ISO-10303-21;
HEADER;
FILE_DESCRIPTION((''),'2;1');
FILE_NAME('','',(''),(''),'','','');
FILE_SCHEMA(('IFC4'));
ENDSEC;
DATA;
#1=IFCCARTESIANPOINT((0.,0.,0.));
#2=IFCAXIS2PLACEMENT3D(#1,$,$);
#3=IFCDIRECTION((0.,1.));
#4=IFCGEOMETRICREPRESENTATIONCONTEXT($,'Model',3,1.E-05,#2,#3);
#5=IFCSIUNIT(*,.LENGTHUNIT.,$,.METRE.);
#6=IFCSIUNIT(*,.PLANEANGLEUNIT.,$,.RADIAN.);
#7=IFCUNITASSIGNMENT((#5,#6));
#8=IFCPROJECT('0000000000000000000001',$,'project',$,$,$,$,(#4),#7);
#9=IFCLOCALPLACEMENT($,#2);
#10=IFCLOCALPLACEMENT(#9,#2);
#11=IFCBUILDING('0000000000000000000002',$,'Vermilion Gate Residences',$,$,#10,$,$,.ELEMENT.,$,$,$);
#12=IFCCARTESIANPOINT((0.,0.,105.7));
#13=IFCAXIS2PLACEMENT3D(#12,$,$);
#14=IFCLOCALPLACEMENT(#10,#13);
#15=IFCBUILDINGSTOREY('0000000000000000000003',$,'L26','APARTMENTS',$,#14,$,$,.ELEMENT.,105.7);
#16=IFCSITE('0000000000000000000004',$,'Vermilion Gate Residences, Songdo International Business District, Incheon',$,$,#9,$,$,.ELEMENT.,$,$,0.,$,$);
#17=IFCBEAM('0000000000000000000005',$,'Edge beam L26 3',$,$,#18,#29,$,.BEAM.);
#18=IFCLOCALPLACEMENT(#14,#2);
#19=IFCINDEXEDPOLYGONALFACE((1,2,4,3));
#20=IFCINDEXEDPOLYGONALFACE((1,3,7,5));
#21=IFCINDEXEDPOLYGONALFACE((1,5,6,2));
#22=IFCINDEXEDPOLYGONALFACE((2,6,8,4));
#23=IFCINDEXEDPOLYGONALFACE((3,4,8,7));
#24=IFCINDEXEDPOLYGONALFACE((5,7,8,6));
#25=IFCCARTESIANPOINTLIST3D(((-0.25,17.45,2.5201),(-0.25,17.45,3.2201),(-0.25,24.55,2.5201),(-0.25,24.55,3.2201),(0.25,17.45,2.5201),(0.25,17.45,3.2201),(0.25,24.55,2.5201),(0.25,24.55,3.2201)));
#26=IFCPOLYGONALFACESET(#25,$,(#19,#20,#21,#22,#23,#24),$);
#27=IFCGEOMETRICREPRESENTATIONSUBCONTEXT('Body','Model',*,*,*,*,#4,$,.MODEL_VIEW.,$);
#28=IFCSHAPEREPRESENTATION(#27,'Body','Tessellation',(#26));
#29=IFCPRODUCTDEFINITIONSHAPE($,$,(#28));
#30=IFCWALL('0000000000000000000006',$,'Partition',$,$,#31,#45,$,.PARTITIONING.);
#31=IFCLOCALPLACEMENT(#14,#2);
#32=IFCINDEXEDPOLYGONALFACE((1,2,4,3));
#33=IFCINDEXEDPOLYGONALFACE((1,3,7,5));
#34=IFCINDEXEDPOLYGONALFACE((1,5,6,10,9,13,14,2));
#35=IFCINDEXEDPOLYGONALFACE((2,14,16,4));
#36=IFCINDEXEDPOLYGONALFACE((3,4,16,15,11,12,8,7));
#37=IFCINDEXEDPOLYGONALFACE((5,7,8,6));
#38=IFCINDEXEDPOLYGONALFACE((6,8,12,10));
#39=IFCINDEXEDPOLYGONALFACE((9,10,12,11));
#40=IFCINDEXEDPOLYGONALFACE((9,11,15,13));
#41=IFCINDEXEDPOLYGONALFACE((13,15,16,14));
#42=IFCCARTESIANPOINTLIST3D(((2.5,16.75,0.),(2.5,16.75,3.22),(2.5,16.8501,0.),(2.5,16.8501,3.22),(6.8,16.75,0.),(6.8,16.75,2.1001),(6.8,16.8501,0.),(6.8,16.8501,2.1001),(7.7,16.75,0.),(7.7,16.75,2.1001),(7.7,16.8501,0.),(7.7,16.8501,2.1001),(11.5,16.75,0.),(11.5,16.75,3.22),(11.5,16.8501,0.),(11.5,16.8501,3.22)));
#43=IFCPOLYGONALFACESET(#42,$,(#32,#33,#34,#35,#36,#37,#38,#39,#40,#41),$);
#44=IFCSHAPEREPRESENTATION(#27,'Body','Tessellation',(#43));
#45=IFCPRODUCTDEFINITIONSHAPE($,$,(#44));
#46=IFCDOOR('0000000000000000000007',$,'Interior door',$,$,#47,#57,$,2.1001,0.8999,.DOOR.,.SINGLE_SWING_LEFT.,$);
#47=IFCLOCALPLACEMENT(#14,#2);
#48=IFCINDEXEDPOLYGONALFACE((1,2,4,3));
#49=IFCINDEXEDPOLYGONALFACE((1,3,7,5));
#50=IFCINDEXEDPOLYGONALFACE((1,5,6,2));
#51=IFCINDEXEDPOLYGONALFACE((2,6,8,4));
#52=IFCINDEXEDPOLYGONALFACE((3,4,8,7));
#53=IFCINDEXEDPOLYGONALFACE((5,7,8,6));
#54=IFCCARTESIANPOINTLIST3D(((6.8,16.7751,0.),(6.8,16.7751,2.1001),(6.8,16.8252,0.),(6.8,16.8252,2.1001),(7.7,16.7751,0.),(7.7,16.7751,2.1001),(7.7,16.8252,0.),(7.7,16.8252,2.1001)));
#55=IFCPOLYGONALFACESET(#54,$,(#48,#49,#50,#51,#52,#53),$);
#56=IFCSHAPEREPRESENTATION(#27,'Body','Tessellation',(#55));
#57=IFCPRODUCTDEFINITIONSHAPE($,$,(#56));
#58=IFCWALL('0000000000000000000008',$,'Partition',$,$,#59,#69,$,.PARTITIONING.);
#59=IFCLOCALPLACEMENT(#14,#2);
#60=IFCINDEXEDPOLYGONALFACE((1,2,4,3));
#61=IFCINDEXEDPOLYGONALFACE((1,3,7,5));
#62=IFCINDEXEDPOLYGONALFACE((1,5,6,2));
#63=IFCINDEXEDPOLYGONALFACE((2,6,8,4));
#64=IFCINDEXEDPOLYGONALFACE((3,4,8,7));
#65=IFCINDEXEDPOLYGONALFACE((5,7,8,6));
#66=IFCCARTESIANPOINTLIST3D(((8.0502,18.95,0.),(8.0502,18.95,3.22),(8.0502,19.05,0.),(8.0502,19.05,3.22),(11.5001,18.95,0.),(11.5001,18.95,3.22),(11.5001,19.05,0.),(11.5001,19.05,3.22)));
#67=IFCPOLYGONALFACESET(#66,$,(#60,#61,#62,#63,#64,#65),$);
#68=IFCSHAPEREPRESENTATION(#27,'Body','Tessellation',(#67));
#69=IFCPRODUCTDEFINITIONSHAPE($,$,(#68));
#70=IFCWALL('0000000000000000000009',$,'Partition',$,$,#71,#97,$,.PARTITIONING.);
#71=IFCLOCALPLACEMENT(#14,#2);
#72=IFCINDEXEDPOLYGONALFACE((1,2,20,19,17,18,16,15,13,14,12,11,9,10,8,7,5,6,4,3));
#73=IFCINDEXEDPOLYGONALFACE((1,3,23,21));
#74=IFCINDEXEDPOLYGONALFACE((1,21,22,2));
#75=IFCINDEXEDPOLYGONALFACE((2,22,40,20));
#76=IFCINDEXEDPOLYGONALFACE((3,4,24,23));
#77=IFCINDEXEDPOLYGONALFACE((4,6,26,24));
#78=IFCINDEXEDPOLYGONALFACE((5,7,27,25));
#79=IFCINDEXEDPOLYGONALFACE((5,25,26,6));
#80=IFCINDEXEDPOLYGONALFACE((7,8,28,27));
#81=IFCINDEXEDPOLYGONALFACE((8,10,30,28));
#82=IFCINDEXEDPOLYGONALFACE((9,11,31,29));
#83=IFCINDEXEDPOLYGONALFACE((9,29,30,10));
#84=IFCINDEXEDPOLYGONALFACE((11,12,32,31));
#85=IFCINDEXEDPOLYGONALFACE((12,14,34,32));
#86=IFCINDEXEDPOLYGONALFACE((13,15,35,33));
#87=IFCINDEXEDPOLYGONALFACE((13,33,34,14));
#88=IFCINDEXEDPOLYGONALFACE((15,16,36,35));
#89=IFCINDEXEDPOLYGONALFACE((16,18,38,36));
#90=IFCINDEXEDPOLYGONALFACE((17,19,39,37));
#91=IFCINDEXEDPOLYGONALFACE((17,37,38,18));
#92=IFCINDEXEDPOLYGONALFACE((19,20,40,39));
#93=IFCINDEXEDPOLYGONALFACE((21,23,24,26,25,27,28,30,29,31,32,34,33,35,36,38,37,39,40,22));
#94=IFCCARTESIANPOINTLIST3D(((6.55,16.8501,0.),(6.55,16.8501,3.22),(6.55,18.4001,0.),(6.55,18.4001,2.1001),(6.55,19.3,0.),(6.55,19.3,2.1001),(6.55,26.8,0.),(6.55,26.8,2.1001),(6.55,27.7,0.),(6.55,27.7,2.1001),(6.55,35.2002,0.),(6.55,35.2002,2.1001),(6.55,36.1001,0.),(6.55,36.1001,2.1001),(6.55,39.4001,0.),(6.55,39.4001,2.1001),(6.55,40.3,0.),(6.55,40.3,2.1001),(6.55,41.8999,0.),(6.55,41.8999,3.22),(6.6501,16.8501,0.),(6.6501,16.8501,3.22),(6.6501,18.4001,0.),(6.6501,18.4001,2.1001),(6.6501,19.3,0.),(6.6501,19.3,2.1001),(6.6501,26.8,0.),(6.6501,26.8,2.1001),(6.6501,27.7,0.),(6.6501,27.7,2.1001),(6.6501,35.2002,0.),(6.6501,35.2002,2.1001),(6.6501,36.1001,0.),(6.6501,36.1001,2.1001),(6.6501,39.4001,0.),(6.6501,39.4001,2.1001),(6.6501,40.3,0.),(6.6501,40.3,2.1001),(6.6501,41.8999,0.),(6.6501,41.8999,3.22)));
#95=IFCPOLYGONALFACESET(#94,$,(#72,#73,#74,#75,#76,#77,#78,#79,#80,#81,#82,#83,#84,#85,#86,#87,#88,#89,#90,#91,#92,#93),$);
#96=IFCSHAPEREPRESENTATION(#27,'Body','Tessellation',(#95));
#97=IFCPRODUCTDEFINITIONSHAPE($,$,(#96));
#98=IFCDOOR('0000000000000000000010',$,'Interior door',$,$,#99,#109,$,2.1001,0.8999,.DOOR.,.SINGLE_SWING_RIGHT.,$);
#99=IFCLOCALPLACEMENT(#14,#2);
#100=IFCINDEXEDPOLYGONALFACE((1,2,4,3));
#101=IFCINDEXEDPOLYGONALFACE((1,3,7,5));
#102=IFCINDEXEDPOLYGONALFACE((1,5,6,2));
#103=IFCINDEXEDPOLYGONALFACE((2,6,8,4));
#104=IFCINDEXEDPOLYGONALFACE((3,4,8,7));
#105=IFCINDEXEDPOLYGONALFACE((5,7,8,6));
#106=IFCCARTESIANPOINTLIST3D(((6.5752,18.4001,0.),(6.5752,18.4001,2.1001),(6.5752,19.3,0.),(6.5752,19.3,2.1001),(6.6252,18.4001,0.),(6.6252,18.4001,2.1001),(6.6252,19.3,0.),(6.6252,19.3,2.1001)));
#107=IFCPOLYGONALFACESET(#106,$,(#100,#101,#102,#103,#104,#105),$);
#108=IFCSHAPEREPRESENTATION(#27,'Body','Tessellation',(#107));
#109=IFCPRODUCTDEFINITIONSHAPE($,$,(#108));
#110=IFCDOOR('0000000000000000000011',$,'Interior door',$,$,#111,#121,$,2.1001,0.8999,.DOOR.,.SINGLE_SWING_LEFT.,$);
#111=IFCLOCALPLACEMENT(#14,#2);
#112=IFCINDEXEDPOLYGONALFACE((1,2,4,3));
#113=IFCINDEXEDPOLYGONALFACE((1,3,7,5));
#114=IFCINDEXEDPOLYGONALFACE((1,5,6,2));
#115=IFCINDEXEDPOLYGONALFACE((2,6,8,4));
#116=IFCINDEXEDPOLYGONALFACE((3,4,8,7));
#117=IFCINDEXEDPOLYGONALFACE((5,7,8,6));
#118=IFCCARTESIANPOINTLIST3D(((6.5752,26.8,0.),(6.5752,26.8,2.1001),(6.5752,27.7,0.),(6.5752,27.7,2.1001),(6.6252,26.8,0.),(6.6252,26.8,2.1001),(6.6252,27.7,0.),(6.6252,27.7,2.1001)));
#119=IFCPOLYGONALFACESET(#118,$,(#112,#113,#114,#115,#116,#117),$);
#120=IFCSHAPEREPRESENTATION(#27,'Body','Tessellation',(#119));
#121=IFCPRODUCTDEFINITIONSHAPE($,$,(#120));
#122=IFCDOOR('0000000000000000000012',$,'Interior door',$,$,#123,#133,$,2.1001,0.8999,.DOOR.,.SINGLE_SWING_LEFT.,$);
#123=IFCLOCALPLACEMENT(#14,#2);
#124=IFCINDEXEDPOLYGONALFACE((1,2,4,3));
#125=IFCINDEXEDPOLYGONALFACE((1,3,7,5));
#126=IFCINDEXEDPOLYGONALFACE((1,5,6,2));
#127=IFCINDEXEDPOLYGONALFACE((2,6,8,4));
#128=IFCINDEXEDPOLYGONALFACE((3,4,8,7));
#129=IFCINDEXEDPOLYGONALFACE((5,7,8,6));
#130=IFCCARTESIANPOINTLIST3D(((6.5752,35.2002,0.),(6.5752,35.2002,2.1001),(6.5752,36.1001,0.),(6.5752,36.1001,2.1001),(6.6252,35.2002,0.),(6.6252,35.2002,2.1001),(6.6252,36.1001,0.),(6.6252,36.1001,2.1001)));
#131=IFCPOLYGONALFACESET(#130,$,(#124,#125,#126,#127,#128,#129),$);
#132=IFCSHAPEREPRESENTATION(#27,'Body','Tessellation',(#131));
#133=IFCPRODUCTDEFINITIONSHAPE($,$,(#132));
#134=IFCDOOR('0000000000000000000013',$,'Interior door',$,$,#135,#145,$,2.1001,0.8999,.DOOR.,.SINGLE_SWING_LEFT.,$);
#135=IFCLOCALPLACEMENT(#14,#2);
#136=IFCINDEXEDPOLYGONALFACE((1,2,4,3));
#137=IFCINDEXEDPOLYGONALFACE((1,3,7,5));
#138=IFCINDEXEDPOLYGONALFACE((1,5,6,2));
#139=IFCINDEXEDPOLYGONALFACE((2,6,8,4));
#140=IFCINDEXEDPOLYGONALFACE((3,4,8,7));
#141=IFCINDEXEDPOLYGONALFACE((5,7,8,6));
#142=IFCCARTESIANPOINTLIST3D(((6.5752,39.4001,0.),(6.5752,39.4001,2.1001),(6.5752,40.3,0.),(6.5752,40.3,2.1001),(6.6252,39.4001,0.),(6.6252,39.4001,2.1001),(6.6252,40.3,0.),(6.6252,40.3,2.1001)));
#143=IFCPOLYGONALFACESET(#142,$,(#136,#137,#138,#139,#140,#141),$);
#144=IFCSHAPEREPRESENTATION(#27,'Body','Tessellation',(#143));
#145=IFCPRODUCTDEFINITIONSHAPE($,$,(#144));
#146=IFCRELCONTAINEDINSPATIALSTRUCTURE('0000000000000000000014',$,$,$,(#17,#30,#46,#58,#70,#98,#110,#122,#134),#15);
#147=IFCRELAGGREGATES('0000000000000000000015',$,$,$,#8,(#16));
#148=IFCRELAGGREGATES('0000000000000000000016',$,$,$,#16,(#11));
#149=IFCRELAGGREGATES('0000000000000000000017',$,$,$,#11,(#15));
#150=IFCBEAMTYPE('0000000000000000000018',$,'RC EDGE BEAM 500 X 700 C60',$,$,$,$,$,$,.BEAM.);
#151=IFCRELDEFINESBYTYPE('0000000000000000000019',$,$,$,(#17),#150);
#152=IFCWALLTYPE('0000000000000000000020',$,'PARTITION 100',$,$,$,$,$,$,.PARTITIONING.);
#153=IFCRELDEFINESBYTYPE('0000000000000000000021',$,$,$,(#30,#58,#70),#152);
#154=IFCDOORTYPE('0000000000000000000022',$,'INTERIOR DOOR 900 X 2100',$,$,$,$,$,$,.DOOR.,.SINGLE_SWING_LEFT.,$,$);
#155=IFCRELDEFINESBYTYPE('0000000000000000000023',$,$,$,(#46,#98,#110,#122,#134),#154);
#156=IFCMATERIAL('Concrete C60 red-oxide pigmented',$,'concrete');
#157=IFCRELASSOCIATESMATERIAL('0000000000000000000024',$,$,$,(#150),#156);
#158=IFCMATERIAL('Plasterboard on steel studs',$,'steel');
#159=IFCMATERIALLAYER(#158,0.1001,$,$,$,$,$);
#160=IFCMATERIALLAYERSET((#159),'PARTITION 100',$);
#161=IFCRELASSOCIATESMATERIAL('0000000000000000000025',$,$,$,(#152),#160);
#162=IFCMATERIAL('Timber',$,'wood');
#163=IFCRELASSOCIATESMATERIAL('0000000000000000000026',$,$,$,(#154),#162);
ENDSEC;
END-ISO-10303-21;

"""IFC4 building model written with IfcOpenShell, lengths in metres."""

from ifc_helpers import new_model, si_unit, direction, frame, frame_2d, origin, origin_2d, place, context, subcontext, project, spatial, rectangle, extrude, material, layer, layer_set, material_profile, profile_set, type_object, element, fill, save


model = new_model("IFC4")

# Units and contexts
model_context = context("Model", 3, precision=1e-05, world=origin(), true_north=direction((0.0, 1.0)))
body_context = subcontext(model_context, "Body", "Model", "MODEL_VIEW")
ifc_project = project(units=[si_unit("LENGTHUNIT", "METRE"), si_unit("PLANEANGLEUNIT", "RADIAN")], contexts=[model_context])

# Site, building, storey
site_placement = place(None, origin())
site = spatial("IfcSite", under=ifc_project, at=site_placement, Name="Vermilion Gate Residences, Songdo International Business District, Incheon", CompositionType="ELEMENT", RefElevation=0.0)
building_placement = place(site_placement, origin())
building = spatial("IfcBuilding", under=site, at=building_placement, Name="Vermilion Gate Residences", CompositionType="ELEMENT")
storey_placement = place(building_placement, frame((0.0, 0.0, 105.7)))
storey = spatial("IfcBuildingStorey", under=building, at=storey_placement, Name="L26", Description="APARTMENTS", CompositionType="ELEMENT", Elevation=105.7)

# Beam
ifc_material_1 = material(Name="Concrete C60 red-oxide pigmented", Category="concrete")
ifc_material_profile_1 = material_profile(ifc_material_1, rectangle(XDim=0.5, YDim=0.7, at=origin_2d()), Name="RC-500x700")
ifc_profile_set_1 = profile_set([ifc_material_profile_1], Name="Concrete C60 red-oxide pigmented")
beam_type = type_object("IfcBeamType", Name="RC EDGE BEAM 500 X 700 C60", PredefinedType="BEAM", material=ifc_profile_set_1)
beam_placement = place(storey_placement, frame((0.0, 17.45, 2.8701), z_axis=(0.0, 1.0, 0.0), x_axis=(-1.0, 0.0, 0.0)))
element("IfcBeam", 1, at=beam_placement, inside=storey, type_object=beam_type, Name="Edge beam L26 3", PredefinedType="BEAM", context=body_context, shape_type="SweptSolid", body=[
    extrude(rectangle(XDim=0.5, YDim=0.7, at=origin_2d()), origin(), (0.0, 0.0, 1.0), 7.1001),
])

# Wall, opening, door
ifc_material_2 = material(Name="Plasterboard on steel studs", Category="steel")
ifc_layer_1 = layer(ifc_material_2, 0.1001)
ifc_layer_set_1 = layer_set([ifc_layer_1], Name="PARTITION 100")
wall_type_1 = type_object("IfcWallType", Name="PARTITION 100", PredefinedType="PARTITIONING", material=ifc_layer_set_1)
wall_1_placement = place(storey_placement, frame((2.5, 16.8, 0.0), z_axis=(0.0, 0.0, 1.0), x_axis=(1.0, 0.0, 0.0)))
wall_1 = element("IfcWall", 2, at=wall_1_placement, inside=storey, type_object=wall_type_1, Name="Partition", PredefinedType="PARTITIONING", context=body_context, shape_type="SweptSolid", body=[
    extrude(rectangle(XDim=9.0, YDim=0.1001, at=frame_2d((4.5, 0.0))), origin(), (0.0, 0.0, 1.0), 3.22),
])
opening_1_placement = place(wall_1_placement, frame((4.3, 0.0, 0.0)))
opening_1 = element("IfcOpeningElement", 3, at=opening_1_placement, cuts=wall_1, PredefinedType="OPENING", context=body_context, shape_type="SweptSolid", body=[
    extrude(rectangle(XDim=0.8999, YDim=2.1001, at=frame_2d((0.45, 1.05))), frame((0.0, 0.0601, 0.0), z_axis=(0.0, -1.0, 0.0), x_axis=(1.0, 0.0, 0.0)), (0.0, 0.0, 1.0), 0.1201),
])
ifc_material_3 = material(Name="Timber", Category="wood")
door_type = type_object("IfcDoorType", Name="INTERIOR DOOR 900 X 2100", OperationType="SINGLE_SWING_LEFT", PredefinedType="DOOR", material=ifc_material_3)
door_1_placement = place(opening_1_placement, frame((0.8999, 0.0, 0.0), z_axis=(0.0, 0.0, 1.0), x_axis=(-1.0, 0.0, 0.0)))
door_1 = element("IfcDoor", 4, at=door_1_placement, inside=storey, type_object=door_type, Name="Interior door", OperationType="SINGLE_SWING_LEFT", OverallHeight=2.1001, OverallWidth=0.8999, PredefinedType="DOOR", context=body_context, shape_type="SweptSolid", body=[
    extrude(rectangle(XDim=0.8999, YDim=2.1001, at=frame_2d((0.45, 1.05))), frame((0.0, 0.0249, 0.0), z_axis=(0.0, -1.0, 0.0), x_axis=(1.0, 0.0, 0.0)), (0.0, 0.0, 1.0), 0.05),
])
fill(opening_1, door_1)

# Wall
wall_2_placement = place(storey_placement, frame((8.05, 19.0, 0.0), z_axis=(0.0, 0.0, 1.0), x_axis=(1.0, 0.0, 0.0)))
element("IfcWall", 5, at=wall_2_placement, inside=storey, type_object=wall_type_1, Name="Partition", PredefinedType="PARTITIONING", context=body_context, shape_type="SweptSolid", body=[
    extrude(rectangle(XDim=3.45, YDim=0.1001, at=frame_2d((1.7251, 0.0))), origin(), (0.0, 0.0, 1.0), 3.22),
])

# Wall, openings, doors
wall_3_placement = place(storey_placement, frame((6.6001, 16.8501, 0.0), z_axis=(0.0, 0.0, 1.0), x_axis=(0.0, 1.0, 0.0)))
wall_3 = element("IfcWall", 6, at=wall_3_placement, inside=storey, type_object=wall_type_1, Name="Partition", PredefinedType="PARTITIONING", context=body_context, shape_type="SweptSolid", body=[
    extrude(rectangle(XDim=25.0498, YDim=0.1001, at=frame_2d((12.5249, 0.0))), origin(), (0.0, 0.0, 1.0), 3.22),
])
opening_2_placement = place(wall_3_placement, frame((1.55, 0.0, 0.0)))
opening_2 = element("IfcOpeningElement", 7, at=opening_2_placement, cuts=wall_3, PredefinedType="OPENING", context=body_context, shape_type="SweptSolid", body=[
    extrude(rectangle(XDim=0.8999, YDim=2.1001, at=frame_2d((0.45, 1.05))), frame((0.0, 0.0601, 0.0), z_axis=(0.0, -1.0, 0.0), x_axis=(1.0, 0.0, 0.0)), (0.0, 0.0, 1.0), 0.1201),
])
opening_3_placement = place(wall_3_placement, frame((9.95, 0.0, 0.0)))
opening_3 = element("IfcOpeningElement", 8, at=opening_3_placement, cuts=wall_3, PredefinedType="OPENING", context=body_context, shape_type="SweptSolid", body=[
    extrude(rectangle(XDim=0.8999, YDim=2.1001, at=frame_2d((0.45, 1.05))), frame((0.0, 0.0601, 0.0), z_axis=(0.0, -1.0, 0.0), x_axis=(1.0, 0.0, 0.0)), (0.0, 0.0, 1.0), 0.1201),
])
opening_4_placement = place(wall_3_placement, frame((18.3501, 0.0, 0.0)))
opening_4 = element("IfcOpeningElement", 9, at=opening_4_placement, cuts=wall_3, PredefinedType="OPENING", context=body_context, shape_type="SweptSolid", body=[
    extrude(rectangle(XDim=0.8999, YDim=2.1001, at=frame_2d((0.45, 1.05))), frame((0.0, 0.0601, 0.0), z_axis=(0.0, -1.0, 0.0), x_axis=(1.0, 0.0, 0.0)), (0.0, 0.0, 1.0), 0.1201),
])
opening_5_placement = place(wall_3_placement, frame((22.55, 0.0, 0.0)))
opening_5 = element("IfcOpeningElement", 10, at=opening_5_placement, cuts=wall_3, PredefinedType="OPENING", context=body_context, shape_type="SweptSolid", body=[
    extrude(rectangle(XDim=0.8999, YDim=2.1001, at=frame_2d((0.45, 1.05))), frame((0.0, 0.0601, 0.0), z_axis=(0.0, -1.0, 0.0), x_axis=(1.0, 0.0, 0.0)), (0.0, 0.0, 1.0), 0.1201),
])
door_2_placement = place(opening_2_placement, origin())
door_2 = element("IfcDoor", 11, at=door_2_placement, inside=storey, type_object=door_type, Name="Interior door", OperationType="SINGLE_SWING_RIGHT", OverallHeight=2.1001, OverallWidth=0.8999, PredefinedType="DOOR", context=body_context, shape_type="SweptSolid", body=[
    extrude(rectangle(XDim=0.8999, YDim=2.1001, at=frame_2d((0.45, 1.05))), frame((0.0, 0.0249, 0.0), z_axis=(0.0, -1.0, 0.0), x_axis=(1.0, 0.0, 0.0)), (0.0, 0.0, 1.0), 0.05),
])
fill(opening_2, door_2)
door_3_placement = place(opening_3_placement, origin())
door_3 = element("IfcDoor", 12, at=door_3_placement, inside=storey, type_object=door_type, Name="Interior door", OperationType="SINGLE_SWING_LEFT", OverallHeight=2.1001, OverallWidth=0.8999, PredefinedType="DOOR", context=body_context, shape_type="SweptSolid", body=[
    extrude(rectangle(XDim=0.8999, YDim=2.1001, at=frame_2d((0.45, 1.05))), frame((0.0, 0.0249, 0.0), z_axis=(0.0, -1.0, 0.0), x_axis=(1.0, 0.0, 0.0)), (0.0, 0.0, 1.0), 0.05),
])
fill(opening_3, door_3)
door_4_placement = place(opening_4_placement, origin())
door_4 = element("IfcDoor", 13, at=door_4_placement, inside=storey, type_object=door_type, Name="Interior door", OperationType="SINGLE_SWING_LEFT", OverallHeight=2.1001, OverallWidth=0.8999, PredefinedType="DOOR", context=body_context, shape_type="SweptSolid", body=[
    extrude(rectangle(XDim=0.8999, YDim=2.1001, at=frame_2d((0.45, 1.05))), frame((0.0, 0.0249, 0.0), z_axis=(0.0, -1.0, 0.0), x_axis=(1.0, 0.0, 0.0)), (0.0, 0.0, 1.0), 0.05),
])
fill(opening_4, door_4)
door_5_placement = place(opening_5_placement, origin())
door_5 = element("IfcDoor", 14, at=door_5_placement, inside=storey, type_object=door_type, Name="Interior door", OperationType="SINGLE_SWING_LEFT", OverallHeight=2.1001, OverallWidth=0.8999, PredefinedType="DOOR", context=body_context, shape_type="SweptSolid", body=[
    extrude(rectangle(XDim=0.8999, YDim=2.1001, at=frame_2d((0.45, 1.05))), frame((0.0, 0.0249, 0.0), z_axis=(0.0, -1.0, 0.0), x_axis=(1.0, 0.0, 0.0)), (0.0, 0.0, 1.0), 0.05),
])
fill(opening_5, door_5)

save(model, "model.ifc")
